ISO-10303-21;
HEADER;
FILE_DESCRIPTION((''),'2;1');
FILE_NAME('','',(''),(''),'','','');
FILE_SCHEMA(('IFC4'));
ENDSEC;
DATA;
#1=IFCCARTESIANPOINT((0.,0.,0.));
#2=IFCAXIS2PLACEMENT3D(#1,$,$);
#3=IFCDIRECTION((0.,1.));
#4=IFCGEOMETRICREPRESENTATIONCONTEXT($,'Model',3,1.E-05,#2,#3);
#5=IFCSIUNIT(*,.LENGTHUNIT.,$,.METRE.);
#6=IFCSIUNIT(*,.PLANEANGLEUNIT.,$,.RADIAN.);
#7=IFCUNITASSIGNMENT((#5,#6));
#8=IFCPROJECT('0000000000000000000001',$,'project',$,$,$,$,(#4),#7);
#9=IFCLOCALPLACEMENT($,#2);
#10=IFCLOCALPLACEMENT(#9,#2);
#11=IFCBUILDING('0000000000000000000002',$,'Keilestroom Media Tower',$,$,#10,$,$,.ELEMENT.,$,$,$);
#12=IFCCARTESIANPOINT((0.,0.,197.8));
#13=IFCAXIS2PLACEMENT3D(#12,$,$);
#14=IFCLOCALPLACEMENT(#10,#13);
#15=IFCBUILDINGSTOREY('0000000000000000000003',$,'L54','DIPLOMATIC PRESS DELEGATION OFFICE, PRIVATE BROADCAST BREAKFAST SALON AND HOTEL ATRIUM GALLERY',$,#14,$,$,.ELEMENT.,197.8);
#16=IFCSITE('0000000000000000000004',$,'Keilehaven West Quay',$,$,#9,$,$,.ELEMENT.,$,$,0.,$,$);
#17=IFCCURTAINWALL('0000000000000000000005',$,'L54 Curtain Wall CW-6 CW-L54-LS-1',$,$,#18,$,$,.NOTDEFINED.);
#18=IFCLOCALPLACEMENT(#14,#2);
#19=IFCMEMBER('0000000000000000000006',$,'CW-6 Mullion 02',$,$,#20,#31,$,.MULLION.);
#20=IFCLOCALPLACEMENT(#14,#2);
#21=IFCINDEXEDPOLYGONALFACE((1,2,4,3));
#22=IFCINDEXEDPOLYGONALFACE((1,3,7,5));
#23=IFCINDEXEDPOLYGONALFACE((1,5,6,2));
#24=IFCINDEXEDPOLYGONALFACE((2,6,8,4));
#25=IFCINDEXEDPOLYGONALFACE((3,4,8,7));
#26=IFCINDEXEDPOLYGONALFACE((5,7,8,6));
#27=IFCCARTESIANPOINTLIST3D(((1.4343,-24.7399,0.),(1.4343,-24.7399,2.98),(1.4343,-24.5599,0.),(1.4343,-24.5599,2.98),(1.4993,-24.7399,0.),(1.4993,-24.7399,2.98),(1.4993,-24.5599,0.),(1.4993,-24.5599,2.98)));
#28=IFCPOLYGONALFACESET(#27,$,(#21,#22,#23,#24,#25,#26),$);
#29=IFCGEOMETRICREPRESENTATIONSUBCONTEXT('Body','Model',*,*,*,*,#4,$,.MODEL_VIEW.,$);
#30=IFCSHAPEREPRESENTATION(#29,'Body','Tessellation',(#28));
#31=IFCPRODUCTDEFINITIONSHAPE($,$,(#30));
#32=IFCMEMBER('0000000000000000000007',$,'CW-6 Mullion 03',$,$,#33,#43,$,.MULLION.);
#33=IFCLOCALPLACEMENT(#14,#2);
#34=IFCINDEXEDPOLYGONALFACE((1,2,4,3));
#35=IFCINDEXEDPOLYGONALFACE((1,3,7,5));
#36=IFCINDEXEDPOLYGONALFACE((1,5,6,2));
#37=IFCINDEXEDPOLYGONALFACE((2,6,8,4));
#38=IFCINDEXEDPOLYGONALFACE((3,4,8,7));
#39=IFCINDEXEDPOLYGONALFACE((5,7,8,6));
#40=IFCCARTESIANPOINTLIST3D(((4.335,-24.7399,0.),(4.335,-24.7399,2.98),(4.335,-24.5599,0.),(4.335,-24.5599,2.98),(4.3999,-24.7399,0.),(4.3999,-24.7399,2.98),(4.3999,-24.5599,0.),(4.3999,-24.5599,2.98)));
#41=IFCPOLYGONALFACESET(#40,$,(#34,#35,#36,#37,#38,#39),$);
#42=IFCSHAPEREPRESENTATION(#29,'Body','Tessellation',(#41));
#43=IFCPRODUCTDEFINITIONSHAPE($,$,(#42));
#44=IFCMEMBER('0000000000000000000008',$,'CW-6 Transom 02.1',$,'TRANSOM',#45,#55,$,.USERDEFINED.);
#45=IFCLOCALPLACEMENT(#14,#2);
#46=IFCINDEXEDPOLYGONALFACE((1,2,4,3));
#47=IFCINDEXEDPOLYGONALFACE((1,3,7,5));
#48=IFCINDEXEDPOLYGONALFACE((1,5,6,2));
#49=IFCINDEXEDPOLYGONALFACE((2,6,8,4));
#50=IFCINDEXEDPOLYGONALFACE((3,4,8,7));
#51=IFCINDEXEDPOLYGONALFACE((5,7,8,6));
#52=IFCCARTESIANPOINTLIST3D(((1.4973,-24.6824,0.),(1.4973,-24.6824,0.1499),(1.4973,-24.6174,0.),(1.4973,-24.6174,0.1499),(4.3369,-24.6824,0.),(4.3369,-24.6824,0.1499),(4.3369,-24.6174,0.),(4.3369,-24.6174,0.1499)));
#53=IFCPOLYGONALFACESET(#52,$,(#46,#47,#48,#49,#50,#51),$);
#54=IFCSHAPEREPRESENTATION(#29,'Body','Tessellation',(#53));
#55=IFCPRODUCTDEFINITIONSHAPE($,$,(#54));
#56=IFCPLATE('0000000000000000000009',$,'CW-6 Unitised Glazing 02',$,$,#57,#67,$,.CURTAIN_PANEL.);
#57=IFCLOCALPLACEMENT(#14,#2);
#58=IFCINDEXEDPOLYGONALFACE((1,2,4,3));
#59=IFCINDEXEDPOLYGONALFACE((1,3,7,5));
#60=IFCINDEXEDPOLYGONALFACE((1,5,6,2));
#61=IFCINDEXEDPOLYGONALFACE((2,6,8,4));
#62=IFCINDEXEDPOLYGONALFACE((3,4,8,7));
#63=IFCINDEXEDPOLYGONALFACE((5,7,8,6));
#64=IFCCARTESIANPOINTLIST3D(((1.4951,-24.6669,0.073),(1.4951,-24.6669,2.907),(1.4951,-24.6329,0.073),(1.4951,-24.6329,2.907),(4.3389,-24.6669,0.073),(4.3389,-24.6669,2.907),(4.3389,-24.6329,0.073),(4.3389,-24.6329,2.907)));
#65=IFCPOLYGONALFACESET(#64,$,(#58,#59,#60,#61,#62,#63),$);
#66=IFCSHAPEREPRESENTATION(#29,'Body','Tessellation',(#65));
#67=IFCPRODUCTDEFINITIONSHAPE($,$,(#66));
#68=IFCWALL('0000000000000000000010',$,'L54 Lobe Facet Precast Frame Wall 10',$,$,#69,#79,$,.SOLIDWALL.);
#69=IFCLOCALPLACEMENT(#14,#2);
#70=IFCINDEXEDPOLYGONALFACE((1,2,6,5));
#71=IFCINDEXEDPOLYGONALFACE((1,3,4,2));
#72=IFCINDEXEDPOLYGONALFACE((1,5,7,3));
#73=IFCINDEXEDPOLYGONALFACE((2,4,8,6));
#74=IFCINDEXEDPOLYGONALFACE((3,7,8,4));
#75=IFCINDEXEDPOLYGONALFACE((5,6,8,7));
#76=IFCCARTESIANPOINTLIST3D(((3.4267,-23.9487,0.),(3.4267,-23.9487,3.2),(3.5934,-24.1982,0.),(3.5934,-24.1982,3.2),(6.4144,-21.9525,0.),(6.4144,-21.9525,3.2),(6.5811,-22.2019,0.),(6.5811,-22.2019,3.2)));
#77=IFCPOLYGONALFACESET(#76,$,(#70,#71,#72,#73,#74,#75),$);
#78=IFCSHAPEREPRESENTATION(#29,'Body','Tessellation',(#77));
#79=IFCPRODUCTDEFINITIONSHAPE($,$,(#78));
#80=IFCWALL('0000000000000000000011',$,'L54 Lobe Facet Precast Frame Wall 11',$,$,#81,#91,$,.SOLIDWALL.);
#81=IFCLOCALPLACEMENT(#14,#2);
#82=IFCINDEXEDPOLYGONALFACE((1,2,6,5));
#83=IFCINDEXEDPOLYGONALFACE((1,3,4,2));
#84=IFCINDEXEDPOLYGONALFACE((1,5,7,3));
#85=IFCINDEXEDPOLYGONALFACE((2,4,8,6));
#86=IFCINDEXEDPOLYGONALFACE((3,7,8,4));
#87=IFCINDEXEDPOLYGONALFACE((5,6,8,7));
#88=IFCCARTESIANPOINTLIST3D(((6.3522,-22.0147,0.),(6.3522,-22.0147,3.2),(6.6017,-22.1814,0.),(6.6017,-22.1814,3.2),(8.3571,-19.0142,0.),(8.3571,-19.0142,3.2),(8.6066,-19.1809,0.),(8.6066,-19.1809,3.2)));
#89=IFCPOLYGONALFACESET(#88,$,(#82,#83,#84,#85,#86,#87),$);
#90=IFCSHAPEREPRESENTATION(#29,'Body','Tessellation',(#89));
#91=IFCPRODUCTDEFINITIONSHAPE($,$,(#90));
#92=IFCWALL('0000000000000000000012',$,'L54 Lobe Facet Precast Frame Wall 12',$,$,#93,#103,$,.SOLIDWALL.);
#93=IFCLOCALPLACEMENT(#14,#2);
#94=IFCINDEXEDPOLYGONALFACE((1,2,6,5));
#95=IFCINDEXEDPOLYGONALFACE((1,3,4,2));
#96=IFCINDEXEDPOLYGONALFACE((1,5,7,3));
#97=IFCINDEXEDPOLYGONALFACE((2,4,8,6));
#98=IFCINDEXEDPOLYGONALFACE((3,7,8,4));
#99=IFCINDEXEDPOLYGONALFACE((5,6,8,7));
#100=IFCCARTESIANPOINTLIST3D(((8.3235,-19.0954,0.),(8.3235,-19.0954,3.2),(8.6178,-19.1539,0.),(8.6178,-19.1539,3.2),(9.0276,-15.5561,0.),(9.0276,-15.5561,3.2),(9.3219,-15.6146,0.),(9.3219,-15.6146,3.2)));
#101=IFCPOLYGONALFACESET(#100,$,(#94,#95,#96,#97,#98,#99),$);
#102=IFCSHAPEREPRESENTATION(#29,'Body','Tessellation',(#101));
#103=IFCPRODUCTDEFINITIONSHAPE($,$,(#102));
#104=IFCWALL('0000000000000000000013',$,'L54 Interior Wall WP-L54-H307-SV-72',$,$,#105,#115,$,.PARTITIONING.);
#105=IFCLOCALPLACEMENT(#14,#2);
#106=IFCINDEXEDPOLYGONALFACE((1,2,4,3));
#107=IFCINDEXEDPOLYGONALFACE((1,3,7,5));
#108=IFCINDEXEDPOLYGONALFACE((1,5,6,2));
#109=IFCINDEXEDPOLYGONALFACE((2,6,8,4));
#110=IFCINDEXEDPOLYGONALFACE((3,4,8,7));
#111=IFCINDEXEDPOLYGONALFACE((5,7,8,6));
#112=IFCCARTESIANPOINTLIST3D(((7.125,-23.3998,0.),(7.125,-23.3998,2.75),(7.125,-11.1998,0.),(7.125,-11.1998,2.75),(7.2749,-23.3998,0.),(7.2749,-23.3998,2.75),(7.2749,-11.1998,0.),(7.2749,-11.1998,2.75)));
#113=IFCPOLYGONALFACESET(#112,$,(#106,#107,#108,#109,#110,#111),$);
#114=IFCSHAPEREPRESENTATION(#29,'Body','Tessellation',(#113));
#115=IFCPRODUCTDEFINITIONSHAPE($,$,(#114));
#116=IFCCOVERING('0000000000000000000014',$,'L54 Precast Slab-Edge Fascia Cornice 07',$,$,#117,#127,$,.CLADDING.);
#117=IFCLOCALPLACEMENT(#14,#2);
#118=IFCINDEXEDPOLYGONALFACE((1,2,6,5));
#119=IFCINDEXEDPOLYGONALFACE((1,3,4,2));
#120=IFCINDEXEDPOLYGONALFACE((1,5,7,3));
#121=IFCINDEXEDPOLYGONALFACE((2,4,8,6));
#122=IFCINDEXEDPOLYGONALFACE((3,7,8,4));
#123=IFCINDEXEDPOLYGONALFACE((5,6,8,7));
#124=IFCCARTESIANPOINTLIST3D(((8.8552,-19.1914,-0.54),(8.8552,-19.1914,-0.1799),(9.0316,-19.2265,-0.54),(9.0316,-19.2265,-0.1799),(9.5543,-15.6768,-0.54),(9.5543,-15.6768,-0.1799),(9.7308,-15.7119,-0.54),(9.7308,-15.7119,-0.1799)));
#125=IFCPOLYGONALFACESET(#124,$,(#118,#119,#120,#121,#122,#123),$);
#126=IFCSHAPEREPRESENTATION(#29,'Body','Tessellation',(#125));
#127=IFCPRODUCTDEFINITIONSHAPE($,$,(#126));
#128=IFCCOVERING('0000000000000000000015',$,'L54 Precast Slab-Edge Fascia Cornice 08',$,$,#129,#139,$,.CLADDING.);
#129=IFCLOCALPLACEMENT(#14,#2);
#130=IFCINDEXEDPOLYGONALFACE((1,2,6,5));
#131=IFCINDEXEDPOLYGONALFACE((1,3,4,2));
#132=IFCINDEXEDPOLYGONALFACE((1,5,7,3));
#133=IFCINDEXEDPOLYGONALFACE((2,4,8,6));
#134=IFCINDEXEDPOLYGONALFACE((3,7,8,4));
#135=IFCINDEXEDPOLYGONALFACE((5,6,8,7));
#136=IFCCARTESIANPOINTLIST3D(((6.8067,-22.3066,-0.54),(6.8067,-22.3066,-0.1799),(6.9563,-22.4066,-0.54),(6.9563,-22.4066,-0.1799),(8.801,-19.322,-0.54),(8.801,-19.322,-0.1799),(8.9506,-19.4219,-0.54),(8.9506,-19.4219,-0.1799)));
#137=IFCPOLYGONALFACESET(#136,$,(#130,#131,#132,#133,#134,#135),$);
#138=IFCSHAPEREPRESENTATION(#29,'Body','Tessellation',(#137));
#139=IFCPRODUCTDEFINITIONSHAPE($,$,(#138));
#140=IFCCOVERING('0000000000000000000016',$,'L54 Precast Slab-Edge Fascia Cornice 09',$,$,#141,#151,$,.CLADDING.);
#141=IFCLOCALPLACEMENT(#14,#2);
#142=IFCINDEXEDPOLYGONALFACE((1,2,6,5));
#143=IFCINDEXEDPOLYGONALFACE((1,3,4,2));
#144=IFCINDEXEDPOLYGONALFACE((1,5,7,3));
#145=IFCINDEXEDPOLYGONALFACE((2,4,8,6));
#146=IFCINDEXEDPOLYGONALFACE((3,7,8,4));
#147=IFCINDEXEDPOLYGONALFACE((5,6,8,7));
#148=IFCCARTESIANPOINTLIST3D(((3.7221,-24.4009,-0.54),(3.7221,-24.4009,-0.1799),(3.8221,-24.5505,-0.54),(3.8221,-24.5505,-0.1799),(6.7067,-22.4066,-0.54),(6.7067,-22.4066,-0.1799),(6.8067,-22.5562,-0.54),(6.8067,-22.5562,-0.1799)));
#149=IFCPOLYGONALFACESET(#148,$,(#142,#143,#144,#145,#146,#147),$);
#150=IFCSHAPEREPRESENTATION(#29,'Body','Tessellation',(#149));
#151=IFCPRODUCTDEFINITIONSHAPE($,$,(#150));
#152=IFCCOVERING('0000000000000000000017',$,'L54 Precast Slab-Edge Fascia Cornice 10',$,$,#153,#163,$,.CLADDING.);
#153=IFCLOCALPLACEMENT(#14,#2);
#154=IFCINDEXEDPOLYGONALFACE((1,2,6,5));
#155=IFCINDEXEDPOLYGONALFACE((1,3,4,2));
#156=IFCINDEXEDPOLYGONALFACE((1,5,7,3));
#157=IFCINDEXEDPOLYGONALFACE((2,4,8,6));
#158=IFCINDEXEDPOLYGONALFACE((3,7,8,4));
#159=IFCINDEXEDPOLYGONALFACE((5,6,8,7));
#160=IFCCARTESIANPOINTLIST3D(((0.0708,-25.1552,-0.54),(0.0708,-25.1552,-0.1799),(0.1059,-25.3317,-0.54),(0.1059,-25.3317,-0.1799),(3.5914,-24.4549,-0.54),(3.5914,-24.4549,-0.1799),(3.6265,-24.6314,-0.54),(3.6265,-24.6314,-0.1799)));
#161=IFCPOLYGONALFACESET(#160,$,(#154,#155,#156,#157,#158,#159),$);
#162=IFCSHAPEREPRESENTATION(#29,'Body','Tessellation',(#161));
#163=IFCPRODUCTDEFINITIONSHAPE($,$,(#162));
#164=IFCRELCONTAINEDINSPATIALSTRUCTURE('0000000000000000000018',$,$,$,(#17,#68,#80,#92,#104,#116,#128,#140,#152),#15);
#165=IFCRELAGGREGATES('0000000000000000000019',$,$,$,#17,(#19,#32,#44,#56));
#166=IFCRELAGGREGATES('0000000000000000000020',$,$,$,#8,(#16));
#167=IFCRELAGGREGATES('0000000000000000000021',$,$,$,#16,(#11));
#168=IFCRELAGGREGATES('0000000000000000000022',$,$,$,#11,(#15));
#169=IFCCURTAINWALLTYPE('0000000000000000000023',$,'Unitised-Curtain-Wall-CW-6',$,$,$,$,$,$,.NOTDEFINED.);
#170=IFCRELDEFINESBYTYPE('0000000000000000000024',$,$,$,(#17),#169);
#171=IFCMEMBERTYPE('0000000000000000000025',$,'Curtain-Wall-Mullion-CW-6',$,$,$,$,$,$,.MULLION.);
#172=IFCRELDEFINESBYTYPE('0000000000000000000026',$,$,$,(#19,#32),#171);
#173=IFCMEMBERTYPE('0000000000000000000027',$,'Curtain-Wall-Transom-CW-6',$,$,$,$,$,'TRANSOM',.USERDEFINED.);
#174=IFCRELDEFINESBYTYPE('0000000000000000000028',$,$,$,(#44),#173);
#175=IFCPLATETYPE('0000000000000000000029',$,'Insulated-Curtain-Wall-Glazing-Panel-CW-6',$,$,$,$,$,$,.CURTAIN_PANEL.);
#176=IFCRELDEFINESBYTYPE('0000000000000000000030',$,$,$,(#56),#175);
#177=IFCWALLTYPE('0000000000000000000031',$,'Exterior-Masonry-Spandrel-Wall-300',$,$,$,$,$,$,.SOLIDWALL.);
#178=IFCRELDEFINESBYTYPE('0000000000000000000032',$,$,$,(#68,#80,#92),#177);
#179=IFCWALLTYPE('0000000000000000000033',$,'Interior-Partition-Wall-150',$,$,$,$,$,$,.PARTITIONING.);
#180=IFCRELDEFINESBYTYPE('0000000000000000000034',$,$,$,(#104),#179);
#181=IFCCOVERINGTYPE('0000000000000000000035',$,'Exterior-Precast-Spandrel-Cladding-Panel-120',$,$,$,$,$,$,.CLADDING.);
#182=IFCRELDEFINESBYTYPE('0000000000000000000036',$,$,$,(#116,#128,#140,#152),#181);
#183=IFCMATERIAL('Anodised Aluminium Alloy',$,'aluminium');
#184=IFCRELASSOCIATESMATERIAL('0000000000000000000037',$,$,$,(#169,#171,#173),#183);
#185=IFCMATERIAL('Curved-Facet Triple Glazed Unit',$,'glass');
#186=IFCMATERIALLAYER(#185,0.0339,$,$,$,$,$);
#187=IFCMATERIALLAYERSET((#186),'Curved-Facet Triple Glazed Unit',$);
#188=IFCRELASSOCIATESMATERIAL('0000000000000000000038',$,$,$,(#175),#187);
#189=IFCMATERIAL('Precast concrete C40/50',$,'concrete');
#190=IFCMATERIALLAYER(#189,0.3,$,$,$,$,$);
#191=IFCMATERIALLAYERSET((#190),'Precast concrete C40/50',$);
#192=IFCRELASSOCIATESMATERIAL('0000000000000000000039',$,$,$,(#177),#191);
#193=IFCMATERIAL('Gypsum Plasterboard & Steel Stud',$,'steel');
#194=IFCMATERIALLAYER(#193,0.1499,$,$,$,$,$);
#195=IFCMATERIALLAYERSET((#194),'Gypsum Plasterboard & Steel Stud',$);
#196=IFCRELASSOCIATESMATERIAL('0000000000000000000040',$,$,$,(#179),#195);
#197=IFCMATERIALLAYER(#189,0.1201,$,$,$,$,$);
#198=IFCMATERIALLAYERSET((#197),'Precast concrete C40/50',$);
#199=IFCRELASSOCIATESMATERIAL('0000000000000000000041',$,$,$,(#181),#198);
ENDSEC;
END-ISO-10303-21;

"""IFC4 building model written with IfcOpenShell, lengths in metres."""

from ifc_helpers import new_model, si_unit, direction, frame, frame_2d, origin, origin_2d, place, context, subcontext, project, spatial, rectangle, extrude, source, transform, mapped, material, layer, layer_set, material_profile, profile_set, type_object, element, aggregate, save


model = new_model("IFC4")

# Units and contexts
model_context = context("Model", 3, precision=1e-05, world=origin(), true_north=direction((0.0, 1.0)))
body_context = subcontext(model_context, "Body", "Model", "MODEL_VIEW")
ifc_project = project(units=[si_unit("LENGTHUNIT", "METRE"), si_unit("PLANEANGLEUNIT", "RADIAN")], contexts=[model_context])

# Site, building, storey
site_placement = place(None, origin())
site = spatial("IfcSite", under=ifc_project, at=site_placement, Name="Keilehaven West Quay", CompositionType="ELEMENT", RefElevation=0.0)
building_placement = place(site_placement, origin())
building = spatial("IfcBuilding", under=site, at=building_placement, Name="Keilestroom Media Tower", CompositionType="ELEMENT")
storey_placement = place(building_placement, frame((0.0, 0.0, 197.8)))
storey = spatial("IfcBuildingStorey", under=building, at=storey_placement, Name="L54", Description="DIPLOMATIC PRESS DELEGATION OFFICE, PRIVATE BROADCAST BREAKFAST SALON AND HOTEL ATRIUM GALLERY", CompositionType="ELEMENT", Elevation=197.8)

# Curtain wall, members, plate
ifc_material_1 = material(Name="Anodised Aluminium Alloy", Category="aluminium")
curtain_wall_type = type_object("IfcCurtainWallType", Name="Unitised-Curtain-Wall-CW-6", PredefinedType="NOTDEFINED", material=ifc_material_1)
curtain_wall_placement = place(storey_placement, origin())
curtain_wall = element("IfcCurtainWall", 1, at=curtain_wall_placement, inside=storey, type_object=curtain_wall_type, Name="L54 Curtain Wall CW-6 CW-L54-LS-1", PredefinedType="NOTDEFINED")
ifc_material_profile_1 = material_profile(ifc_material_1, rectangle(XDim=0.0649, YDim=0.1799, at=origin_2d()), Name="ALU MULLION 65x180")
ifc_profile_set_1 = profile_set([ifc_material_profile_1], Name="Anodised Aluminium Alloy")
member_type_1 = type_object("IfcMemberType", Name="Curtain-Wall-Mullion-CW-6", PredefinedType="MULLION", material=ifc_profile_set_1)
shared_shape_1 = source(origin(), body_context, "Body", "SweptSolid", [
    extrude(rectangle(XDim=0.0649, YDim=0.1799, at=origin_2d()), origin(), (0.0, 0.0, 1.0), 2.98),
])
member_1_placement = place(storey_placement, frame((1.4668, -24.6499, 0.0), z_axis=(0.0, 0.0, 1.0), x_axis=(1.0, 0.0, 0.0)))
member_1 = element("IfcMember", 2, at=member_1_placement, type_object=member_type_1, Name="CW-6 Mullion 02", PredefinedType="MULLION", context=body_context, shape_type="MappedRepresentation", body=[
    mapped(shared_shape_1, transform((0.0, 0.0, 0.0), x_axis=(1.0, 0.0, 0.0), y_axis=(0.0, 1.0, 0.0), z_axis=(0.0, 0.0, 1.0), scale=1.0)),
])
member_2_placement = place(storey_placement, frame((4.3674, -24.6499, 0.0), z_axis=(0.0, 0.0, 1.0), x_axis=(1.0, 0.0, 0.0)))
member_2 = element("IfcMember", 3, at=member_2_placement, type_object=member_type_1, Name="CW-6 Mullion 03", PredefinedType="MULLION", context=body_context, shape_type="MappedRepresentation", body=[
    mapped(shared_shape_1, transform((0.0, 0.0, 0.0), x_axis=(1.0, 0.0, 0.0), y_axis=(0.0, 1.0, 0.0), z_axis=(0.0, 0.0, 1.0), scale=1.0)),
])
ifc_material_profile_2 = material_profile(ifc_material_1, rectangle(XDim=0.0649, YDim=0.1499, at=origin_2d()), Name="ALU TRANSOM 65x150")
ifc_profile_set_2 = profile_set([ifc_material_profile_2], Name="Anodised Aluminium Alloy")
member_type_2 = type_object("IfcMemberType", Name="Curtain-Wall-Transom-CW-6", ElementType="TRANSOM", PredefinedType="USERDEFINED", material=ifc_profile_set_2)
shared_shape_2 = source(origin(), body_context, "Body", "SweptSolid", [
    extrude(rectangle(XDim=0.0649, YDim=0.1499, at=origin_2d()), origin(), (0.0, 0.0, 1.0), 2.8396),
])
member_3_placement = place(storey_placement, frame((1.4973, -24.6499, 0.075), z_axis=(1.0, 0.0, 0.0), x_axis=(0.0, 1.0, 0.0)))
member_3 = element("IfcMember", 4, at=member_3_placement, type_object=member_type_2, Name="CW-6 Transom 02.1", ObjectType="TRANSOM", PredefinedType="USERDEFINED", context=body_context, shape_type="MappedRepresentation", body=[
    mapped(shared_shape_2, transform((0.0, 0.0, 0.0), x_axis=(1.0, 0.0, 0.0), y_axis=(0.0, 1.0, 0.0), z_axis=(0.0, 0.0, 1.0), scale=1.0)),
])
ifc_material_2 = material(Name="Curved-Facet Triple Glazed Unit", Category="glass")
ifc_layer_1 = layer(ifc_material_2, 0.0339)
ifc_layer_set_1 = layer_set([ifc_layer_1], Name="Curved-Facet Triple Glazed Unit")
plate_type = type_object("IfcPlateType", Name="Insulated-Curtain-Wall-Glazing-Panel-CW-6", PredefinedType="CURTAIN_PANEL", material=ifc_layer_set_1)
shared_shape_3 = source(origin(), body_context, "Body", "SweptSolid", [
    extrude(rectangle(XDim=2.8438, YDim=0.0339, at=origin_2d()), origin(), (0.0, 0.0, 1.0), 2.834),
])
plate_placement = place(storey_placement, frame((2.917, -24.6499, 0.073), z_axis=(0.0, 0.0, 1.0), x_axis=(1.0, 0.0, 0.0)))
plate = element("IfcPlate", 5, at=plate_placement, type_object=plate_type, Name="CW-6 Unitised Glazing 02", PredefinedType="CURTAIN_PANEL", context=body_context, shape_type="MappedRepresentation", body=[
    mapped(shared_shape_3, transform((0.0, 0.0, 0.0), x_axis=(1.0, 0.0, 0.0), y_axis=(0.0, 1.0, 0.0), z_axis=(0.0, 0.0, 1.0), scale=1.0)),
])
aggregate(curtain_wall, [member_1, member_2, member_3, plate])

# Walls
ifc_material_3 = material(Name="Precast concrete C40/50", Category="concrete")
ifc_layer_2 = layer(ifc_material_3, 0.3)
ifc_layer_set_2 = layer_set([ifc_layer_2], Name="Precast concrete C40/50")
wall_type_1 = type_object("IfcWallType", Name="Exterior-Masonry-Spandrel-Wall-300", PredefinedType="SOLIDWALL", material=ifc_layer_set_2)
wall_1_placement = place(storey_placement, frame((3.51, -24.0735, 0.0), z_axis=(0.0, 0.0, 1.0), x_axis=(0.831475, 0.555562, 0.0)))
element("IfcWall", 6, at=wall_1_placement, inside=storey, type_object=wall_type_1, Name="L54 Lobe Facet Precast Frame Wall 10", PredefinedType="SOLIDWALL", context=body_context, shape_type="SweptSolid", body=[
    extrude(rectangle(XDim=3.5933, YDim=0.3, at=frame_2d((1.7966, 0.0))), origin(), (0.0, 0.0, 1.0), 3.2),
])
for number, where, z_axis, x_axis, name in (
    (7, (6.4771, -22.0979, 0.0), (0.0, 0.0, 1.0), (0.555574, 0.831467, 0.0), "L54 Lobe Facet Precast Frame Wall 11"),
    (8, (8.4707, -19.1245, 0.0), (0.0, 0.0, 1.0), (0.195114, 0.980781, 0.0), "L54 Lobe Facet Precast Frame Wall 12"),
):
    element("IfcWall", number, at=place(storey_placement, frame(where, z_axis=z_axis, x_axis=x_axis)), inside=storey, type_object=wall_type_1, Name=name, PredefinedType="SOLIDWALL", context=body_context, shape_type="SweptSolid", body=[
        extrude(rectangle(XDim=3.6086, YDim=0.3, at=frame_2d((1.8042, 0.0))), origin(), (0.0, 0.0, 1.0), 3.2),
    ])
ifc_material_4 = material(Name="Gypsum Plasterboard & Steel Stud", Category="steel")
ifc_layer_3 = layer(ifc_material_4, 0.1499)
ifc_layer_set_3 = layer_set([ifc_layer_3], Name="Gypsum Plasterboard & Steel Stud")
wall_type_2 = type_object("IfcWallType", Name="Interior-Partition-Wall-150", PredefinedType="PARTITIONING", material=ifc_layer_set_3)
wall_2_placement = place(storey_placement, frame((7.2, -23.3999, 0.0), z_axis=(0.0, 0.0, 1.0), x_axis=(0.0, 1.0, 0.0)))
element("IfcWall", 9, at=wall_2_placement, inside=storey, type_object=wall_type_2, Name="L54 Interior Wall WP-L54-H307-SV-72", PredefinedType="PARTITIONING", context=body_context, shape_type="SweptSolid", body=[
    extrude(rectangle(XDim=12.2, YDim=0.1499, at=frame_2d((6.1001, 0.0))), origin(), (0.0, 0.0, 1.0), 2.75),
])

# Coverings
ifc_layer_4 = layer(ifc_material_3, 0.1201)
ifc_layer_set_4 = layer_set([ifc_layer_4], Name="Precast concrete C40/50")
covering_type = type_object("IfcCoveringType", Name="Exterior-Precast-Spandrel-Cladding-Panel-120", PredefinedType="CLADDING", material=ifc_layer_set_4)
shared_shape_4 = source(origin(), body_context, "Body", "SweptSolid", [
    extrude(rectangle(XDim=3.5835, YDim=0.1799, at=origin_2d()), origin(), (0.0, 0.0, 1.0), 0.3601),
])
covering_placement = place(storey_placement, frame((9.293, -17.4517, -0.54), z_axis=(0.0, 0.0, 1.0), x_axis=(-0.195099, -0.980784, 0.0)))
element("IfcCovering", 10, at=covering_placement, inside=storey, type_object=covering_type, Name="L54 Precast Slab-Edge Fascia Cornice 07", PredefinedType="CLADDING", context=body_context, shape_type="MappedRepresentation", body=[
    mapped(shared_shape_4, transform((0.0, 0.0, 0.0), x_axis=(1.0, 0.0, 0.0), y_axis=(0.0, 1.0, 0.0), z_axis=(0.0, 0.0, 1.0), scale=1.0)),
])
shared_shape_5 = source(origin(), body_context, "Body", "SweptSolid", [
    extrude(rectangle(XDim=3.5896, YDim=0.1799, at=origin_2d()), origin(), (0.0, 0.0, 1.0), 0.3601),
])
for number, where, z_axis, x_axis, name in (
    (11, (7.8787, -20.8643, -0.54), (0.0, 0.0, 1.0), (-0.555575, -0.831467, 0.0), "L54 Precast Slab-Edge Fascia Cornice 08"),
    (12, (5.2644, -23.4785, -0.54), (0.0, 0.0, 1.0), (-0.831467, -0.555575, 0.0), "L54 Precast Slab-Edge Fascia Cornice 09"),
    (13, (1.8486, -24.8933, -0.54), (0.0, 0.0, 1.0), (-0.980784, -0.195099, 0.0), "L54 Precast Slab-Edge Fascia Cornice 10"),
):
    element("IfcCovering", number, at=place(storey_placement, frame(where, z_axis=z_axis, x_axis=x_axis)), inside=storey, type_object=covering_type, Name=name, PredefinedType="CLADDING", context=body_context, shape_type="MappedRepresentation", body=[
        mapped(shared_shape_5, transform((0.0, 0.0, 0.0), x_axis=(1.0, 0.0, 0.0), y_axis=(0.0, 1.0, 0.0), z_axis=(0.0, 0.0, 1.0), scale=1.0)),
    ])

save(model, "model.ifc")
